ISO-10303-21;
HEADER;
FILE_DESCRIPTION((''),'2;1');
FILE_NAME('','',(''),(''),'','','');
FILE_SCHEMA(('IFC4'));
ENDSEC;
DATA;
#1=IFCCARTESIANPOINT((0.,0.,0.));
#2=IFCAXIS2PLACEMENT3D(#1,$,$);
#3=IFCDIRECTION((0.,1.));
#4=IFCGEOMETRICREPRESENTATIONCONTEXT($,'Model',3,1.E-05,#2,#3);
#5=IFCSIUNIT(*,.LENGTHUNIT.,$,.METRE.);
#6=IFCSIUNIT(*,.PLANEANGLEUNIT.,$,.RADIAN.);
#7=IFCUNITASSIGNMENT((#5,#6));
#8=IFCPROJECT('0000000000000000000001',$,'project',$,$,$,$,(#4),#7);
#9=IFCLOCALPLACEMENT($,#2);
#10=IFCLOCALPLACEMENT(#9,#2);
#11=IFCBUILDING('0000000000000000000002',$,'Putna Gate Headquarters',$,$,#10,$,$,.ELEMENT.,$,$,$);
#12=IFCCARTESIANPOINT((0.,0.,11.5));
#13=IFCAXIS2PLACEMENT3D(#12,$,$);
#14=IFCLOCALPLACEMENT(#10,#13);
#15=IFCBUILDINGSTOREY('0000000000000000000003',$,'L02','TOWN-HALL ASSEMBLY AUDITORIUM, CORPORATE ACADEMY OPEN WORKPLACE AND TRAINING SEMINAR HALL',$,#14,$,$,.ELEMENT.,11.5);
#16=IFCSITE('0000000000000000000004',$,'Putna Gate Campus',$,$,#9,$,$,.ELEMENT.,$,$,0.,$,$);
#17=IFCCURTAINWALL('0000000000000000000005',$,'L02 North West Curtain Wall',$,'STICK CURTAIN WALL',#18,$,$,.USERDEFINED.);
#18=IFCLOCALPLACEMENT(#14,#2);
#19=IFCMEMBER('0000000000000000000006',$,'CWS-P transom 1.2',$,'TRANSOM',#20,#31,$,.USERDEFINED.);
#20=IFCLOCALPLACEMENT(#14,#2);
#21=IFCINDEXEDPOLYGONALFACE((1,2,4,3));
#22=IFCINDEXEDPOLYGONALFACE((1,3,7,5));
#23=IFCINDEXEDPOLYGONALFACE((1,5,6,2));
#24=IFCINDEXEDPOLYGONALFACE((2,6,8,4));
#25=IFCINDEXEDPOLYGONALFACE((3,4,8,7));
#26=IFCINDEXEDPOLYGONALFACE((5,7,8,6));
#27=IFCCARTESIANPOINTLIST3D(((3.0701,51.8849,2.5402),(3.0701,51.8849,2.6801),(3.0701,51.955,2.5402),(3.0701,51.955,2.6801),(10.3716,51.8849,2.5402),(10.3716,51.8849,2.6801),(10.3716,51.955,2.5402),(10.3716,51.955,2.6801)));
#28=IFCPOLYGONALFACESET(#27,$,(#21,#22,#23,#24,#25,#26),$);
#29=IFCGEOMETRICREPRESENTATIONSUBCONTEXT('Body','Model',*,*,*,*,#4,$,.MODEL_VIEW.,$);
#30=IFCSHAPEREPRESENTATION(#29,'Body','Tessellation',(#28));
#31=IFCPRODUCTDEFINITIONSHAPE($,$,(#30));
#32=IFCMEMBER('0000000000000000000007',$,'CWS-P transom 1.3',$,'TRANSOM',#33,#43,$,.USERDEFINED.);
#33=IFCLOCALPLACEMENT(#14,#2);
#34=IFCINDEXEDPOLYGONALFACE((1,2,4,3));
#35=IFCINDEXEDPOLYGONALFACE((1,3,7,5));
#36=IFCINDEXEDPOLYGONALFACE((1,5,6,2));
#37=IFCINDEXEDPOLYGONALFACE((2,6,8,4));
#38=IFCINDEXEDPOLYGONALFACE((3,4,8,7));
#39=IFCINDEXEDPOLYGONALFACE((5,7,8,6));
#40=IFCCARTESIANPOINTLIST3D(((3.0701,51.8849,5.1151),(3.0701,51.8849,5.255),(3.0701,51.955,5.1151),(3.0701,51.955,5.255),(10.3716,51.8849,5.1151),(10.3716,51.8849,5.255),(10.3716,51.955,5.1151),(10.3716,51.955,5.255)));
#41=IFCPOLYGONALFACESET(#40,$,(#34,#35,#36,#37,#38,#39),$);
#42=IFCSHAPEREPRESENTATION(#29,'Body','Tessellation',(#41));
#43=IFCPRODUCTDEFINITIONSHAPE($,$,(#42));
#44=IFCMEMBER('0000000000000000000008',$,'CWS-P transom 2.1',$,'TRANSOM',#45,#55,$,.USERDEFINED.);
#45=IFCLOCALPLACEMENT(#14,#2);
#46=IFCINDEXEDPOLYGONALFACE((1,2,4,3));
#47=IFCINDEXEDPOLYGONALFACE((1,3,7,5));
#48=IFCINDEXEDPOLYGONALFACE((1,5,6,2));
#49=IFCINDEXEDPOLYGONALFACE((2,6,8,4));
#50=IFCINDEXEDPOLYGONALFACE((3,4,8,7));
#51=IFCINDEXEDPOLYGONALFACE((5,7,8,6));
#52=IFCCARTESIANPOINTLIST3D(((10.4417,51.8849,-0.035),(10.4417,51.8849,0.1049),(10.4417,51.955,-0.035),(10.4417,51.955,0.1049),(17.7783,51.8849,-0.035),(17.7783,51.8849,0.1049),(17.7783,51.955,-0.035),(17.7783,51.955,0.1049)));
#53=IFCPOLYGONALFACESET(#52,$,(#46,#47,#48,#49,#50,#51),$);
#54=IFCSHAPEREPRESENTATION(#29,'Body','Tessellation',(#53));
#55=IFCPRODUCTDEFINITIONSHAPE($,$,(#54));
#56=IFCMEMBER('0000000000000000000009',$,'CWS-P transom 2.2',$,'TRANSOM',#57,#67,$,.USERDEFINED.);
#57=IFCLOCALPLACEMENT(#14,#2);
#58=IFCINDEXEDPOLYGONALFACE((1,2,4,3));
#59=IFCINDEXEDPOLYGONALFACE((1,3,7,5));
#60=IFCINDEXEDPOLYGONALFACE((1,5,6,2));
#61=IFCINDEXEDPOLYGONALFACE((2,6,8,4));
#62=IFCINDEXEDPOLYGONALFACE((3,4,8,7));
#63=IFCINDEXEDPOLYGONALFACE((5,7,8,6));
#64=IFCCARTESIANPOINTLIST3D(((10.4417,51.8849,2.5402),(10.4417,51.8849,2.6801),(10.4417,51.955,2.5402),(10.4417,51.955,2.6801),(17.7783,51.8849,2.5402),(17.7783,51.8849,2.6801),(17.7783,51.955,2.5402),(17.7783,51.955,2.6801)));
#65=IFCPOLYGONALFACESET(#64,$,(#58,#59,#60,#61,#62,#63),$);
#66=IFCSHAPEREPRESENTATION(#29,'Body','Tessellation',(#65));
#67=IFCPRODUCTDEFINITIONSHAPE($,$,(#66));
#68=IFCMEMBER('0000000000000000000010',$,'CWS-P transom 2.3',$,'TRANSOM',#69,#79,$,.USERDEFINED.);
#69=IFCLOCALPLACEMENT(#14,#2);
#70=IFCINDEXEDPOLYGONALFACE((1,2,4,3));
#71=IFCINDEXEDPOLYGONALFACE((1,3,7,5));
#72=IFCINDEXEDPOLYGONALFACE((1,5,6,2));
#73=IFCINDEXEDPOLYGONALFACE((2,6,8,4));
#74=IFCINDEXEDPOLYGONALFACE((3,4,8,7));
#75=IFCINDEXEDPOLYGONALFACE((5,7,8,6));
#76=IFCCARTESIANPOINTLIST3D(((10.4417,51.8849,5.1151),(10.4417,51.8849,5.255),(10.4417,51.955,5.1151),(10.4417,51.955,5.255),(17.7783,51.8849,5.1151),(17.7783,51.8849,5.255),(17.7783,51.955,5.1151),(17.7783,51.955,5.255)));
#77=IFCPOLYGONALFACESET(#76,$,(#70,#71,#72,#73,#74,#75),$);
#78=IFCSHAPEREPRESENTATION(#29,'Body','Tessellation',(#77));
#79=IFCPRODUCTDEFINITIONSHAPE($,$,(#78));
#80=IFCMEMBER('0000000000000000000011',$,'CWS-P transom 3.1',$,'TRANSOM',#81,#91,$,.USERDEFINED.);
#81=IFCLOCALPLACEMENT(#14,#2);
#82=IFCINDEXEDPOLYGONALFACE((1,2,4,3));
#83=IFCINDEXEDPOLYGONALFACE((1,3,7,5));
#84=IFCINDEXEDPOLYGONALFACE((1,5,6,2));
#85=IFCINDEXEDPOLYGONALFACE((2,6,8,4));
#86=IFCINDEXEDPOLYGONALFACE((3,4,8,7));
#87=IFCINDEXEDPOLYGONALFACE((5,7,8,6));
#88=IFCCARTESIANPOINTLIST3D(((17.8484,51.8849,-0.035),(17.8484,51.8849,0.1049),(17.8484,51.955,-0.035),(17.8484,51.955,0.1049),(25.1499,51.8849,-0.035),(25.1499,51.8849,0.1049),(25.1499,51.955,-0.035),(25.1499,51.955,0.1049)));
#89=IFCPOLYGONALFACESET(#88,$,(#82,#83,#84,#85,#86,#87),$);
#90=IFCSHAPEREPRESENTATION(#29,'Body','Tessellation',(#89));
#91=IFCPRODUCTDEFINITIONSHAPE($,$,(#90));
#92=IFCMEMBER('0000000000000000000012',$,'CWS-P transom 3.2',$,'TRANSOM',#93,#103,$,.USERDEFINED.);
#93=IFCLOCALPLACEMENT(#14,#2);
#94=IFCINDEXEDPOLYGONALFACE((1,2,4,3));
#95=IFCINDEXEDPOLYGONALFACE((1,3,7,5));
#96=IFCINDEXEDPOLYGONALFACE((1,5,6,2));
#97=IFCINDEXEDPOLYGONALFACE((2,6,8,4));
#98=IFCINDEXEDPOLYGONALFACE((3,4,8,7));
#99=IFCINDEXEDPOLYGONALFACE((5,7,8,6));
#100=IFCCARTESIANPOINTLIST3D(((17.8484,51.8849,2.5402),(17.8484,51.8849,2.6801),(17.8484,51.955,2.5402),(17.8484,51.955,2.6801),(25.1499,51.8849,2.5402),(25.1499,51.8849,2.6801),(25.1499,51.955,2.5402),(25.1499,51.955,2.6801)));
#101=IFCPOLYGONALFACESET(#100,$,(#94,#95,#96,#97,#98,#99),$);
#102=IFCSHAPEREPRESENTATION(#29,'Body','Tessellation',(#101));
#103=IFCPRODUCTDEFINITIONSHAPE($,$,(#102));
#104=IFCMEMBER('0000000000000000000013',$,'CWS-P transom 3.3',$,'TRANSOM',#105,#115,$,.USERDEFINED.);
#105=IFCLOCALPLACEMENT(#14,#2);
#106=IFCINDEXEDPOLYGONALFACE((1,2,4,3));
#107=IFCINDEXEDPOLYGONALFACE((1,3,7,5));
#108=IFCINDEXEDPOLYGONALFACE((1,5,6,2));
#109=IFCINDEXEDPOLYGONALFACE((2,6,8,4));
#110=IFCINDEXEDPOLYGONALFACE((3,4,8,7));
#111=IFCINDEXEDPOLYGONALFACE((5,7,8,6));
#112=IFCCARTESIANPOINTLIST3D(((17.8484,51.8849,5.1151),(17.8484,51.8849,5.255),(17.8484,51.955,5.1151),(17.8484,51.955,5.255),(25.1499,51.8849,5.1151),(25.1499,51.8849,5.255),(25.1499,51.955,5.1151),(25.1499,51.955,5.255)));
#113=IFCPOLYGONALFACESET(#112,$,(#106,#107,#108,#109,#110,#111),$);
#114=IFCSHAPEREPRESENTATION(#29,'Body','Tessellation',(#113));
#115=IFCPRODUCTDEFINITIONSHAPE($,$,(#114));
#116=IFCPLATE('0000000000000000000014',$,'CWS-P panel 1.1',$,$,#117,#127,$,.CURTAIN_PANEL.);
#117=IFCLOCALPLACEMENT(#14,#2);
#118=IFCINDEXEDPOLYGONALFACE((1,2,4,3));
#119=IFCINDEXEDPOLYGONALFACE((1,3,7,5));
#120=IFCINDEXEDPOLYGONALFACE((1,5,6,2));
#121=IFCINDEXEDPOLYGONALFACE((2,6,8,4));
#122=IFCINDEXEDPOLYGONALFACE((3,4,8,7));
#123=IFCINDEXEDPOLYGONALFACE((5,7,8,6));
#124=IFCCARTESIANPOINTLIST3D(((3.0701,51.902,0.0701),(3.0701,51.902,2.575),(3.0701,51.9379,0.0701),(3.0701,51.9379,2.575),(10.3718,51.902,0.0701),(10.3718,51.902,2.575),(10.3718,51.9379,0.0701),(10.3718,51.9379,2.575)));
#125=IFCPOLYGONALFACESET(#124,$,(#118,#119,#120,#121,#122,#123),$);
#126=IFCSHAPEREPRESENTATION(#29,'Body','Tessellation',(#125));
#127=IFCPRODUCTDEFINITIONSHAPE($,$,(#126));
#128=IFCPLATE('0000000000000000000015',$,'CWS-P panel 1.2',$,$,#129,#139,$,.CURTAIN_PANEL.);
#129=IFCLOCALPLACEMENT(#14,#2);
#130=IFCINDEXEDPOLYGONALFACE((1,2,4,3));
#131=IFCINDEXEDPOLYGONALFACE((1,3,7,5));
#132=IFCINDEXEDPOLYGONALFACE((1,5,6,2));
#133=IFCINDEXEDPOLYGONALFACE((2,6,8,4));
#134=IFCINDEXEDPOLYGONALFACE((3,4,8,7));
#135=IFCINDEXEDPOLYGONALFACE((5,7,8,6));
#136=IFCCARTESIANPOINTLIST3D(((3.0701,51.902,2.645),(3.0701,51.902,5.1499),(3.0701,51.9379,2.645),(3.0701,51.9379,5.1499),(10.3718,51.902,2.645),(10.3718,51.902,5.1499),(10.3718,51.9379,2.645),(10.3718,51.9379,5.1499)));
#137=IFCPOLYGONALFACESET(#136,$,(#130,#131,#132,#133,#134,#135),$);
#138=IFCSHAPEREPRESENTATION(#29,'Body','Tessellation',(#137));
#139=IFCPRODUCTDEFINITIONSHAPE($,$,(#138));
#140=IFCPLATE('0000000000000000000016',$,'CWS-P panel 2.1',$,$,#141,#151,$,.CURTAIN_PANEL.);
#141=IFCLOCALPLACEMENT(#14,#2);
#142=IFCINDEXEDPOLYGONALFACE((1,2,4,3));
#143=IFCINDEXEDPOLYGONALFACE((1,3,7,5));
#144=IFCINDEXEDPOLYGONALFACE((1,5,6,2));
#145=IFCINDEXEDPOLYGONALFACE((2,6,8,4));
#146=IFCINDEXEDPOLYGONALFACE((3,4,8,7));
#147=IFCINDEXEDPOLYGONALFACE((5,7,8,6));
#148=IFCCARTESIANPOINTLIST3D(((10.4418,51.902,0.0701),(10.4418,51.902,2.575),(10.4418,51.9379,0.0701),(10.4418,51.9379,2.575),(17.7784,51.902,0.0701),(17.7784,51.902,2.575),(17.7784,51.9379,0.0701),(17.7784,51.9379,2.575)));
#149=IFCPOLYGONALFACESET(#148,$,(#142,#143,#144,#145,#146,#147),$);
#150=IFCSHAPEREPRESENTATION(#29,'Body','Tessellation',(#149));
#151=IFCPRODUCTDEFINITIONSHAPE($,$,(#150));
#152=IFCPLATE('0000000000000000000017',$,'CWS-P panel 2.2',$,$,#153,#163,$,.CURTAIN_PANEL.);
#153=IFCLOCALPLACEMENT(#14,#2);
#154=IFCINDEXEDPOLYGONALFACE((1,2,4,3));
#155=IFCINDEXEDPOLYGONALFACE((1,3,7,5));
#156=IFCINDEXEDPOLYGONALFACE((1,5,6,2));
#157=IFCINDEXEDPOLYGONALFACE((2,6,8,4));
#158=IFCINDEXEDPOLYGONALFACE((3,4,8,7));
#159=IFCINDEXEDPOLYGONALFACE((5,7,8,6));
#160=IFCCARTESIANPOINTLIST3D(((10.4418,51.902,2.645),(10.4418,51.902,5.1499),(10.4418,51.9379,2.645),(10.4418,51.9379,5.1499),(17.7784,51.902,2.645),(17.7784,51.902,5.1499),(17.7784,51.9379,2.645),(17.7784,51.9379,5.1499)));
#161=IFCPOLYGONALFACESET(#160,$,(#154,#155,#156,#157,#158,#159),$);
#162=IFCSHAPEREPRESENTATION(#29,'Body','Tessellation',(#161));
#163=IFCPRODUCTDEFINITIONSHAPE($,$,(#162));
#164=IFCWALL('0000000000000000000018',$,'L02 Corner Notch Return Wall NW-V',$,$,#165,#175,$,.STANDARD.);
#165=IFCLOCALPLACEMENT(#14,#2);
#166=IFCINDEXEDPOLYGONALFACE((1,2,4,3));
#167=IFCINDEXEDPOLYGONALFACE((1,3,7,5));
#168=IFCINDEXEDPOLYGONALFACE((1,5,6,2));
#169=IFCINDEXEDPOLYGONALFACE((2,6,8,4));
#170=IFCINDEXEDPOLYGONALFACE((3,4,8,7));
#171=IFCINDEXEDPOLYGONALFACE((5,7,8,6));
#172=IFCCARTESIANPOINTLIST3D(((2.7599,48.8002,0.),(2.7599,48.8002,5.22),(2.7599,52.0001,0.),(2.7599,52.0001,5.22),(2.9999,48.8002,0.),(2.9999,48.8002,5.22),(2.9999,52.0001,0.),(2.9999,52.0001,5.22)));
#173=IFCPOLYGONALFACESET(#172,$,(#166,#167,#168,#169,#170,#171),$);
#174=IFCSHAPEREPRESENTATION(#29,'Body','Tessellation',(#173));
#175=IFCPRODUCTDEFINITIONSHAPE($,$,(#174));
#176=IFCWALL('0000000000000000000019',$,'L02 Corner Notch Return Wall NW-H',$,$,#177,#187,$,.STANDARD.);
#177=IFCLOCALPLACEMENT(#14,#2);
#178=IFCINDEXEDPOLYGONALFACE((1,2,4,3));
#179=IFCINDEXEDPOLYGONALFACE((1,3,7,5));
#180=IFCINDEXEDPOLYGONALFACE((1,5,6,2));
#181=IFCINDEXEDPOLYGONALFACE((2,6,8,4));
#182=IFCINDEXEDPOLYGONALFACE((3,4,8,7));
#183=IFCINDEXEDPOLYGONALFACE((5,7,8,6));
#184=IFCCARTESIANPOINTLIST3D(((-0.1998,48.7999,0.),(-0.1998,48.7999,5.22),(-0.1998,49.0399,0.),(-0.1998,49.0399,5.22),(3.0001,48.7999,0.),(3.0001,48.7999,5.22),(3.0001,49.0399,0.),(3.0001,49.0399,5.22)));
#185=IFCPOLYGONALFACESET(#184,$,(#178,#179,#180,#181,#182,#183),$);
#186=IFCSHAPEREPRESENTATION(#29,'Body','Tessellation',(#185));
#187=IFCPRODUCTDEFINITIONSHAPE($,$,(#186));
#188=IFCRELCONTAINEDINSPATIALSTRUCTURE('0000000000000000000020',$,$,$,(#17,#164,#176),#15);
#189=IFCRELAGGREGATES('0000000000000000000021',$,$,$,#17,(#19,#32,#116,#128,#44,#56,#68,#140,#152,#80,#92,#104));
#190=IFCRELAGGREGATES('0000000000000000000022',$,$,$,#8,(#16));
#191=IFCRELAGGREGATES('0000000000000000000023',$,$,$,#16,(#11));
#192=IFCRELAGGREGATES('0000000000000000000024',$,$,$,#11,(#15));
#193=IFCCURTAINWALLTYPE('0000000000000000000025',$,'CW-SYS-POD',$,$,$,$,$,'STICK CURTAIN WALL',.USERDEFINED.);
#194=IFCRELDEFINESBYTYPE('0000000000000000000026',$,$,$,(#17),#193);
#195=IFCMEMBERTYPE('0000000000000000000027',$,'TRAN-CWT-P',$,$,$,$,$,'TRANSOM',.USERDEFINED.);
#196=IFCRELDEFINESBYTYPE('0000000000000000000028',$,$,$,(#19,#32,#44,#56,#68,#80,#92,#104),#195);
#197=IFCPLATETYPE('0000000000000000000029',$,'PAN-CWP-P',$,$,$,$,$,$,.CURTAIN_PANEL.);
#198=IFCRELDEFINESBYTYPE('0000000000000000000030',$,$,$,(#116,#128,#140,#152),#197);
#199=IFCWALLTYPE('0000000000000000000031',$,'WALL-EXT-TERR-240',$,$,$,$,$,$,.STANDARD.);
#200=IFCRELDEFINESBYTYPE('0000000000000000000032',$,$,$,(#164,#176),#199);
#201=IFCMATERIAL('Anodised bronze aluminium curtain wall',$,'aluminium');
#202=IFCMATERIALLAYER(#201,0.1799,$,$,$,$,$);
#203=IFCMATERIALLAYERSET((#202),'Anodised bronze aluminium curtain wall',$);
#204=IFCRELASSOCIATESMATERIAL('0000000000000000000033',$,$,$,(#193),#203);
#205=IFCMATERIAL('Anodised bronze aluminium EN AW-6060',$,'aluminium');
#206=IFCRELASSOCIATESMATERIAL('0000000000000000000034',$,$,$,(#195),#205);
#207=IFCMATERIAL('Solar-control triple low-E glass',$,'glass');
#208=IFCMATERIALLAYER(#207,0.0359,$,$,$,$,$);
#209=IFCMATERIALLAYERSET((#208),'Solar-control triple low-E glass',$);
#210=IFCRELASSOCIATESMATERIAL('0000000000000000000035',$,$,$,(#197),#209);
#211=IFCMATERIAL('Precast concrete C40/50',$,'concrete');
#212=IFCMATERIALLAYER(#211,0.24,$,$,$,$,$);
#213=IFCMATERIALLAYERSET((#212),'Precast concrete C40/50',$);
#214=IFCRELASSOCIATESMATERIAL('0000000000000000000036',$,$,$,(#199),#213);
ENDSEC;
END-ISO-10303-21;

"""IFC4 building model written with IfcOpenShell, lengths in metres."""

from ifc_helpers import new_model, si_unit, direction, frame, frame_2d, origin, origin_2d, place, context, subcontext, project, spatial, rectangle, extrude, material, layer, layer_set, material_profile, profile_set, type_object, element, aggregate, save


model = new_model("IFC4")

# Units and contexts
model_context = context("Model", 3, precision=1e-05, world=origin(), true_north=direction((0.0, 1.0)))
body_context = subcontext(model_context, "Body", "Model", "MODEL_VIEW")
ifc_project = project(units=[si_unit("LENGTHUNIT", "METRE"), si_unit("PLANEANGLEUNIT", "RADIAN")], contexts=[model_context])

# Site, building, storey
site_placement = place(None, origin())
site = spatial("IfcSite", under=ifc_project, at=site_placement, Name="Putna Gate Campus", CompositionType="ELEMENT", RefElevation=0.0)
building_placement = place(site_placement, origin())
building = spatial("IfcBuilding", under=site, at=building_placement, Name="Putna Gate Headquarters", CompositionType="ELEMENT")
storey_placement = place(building_placement, frame((0.0, 0.0, 11.5)))
storey = spatial("IfcBuildingStorey", under=building, at=storey_placement, Name="L02", Description="TOWN-HALL ASSEMBLY AUDITORIUM, CORPORATE ACADEMY OPEN WORKPLACE AND TRAINING SEMINAR HALL", CompositionType="ELEMENT", Elevation=11.5)

# Curtain wall, members, plates
ifc_material_1 = material(Name="Anodised bronze aluminium curtain wall", Category="aluminium")
ifc_layer_1 = layer(ifc_material_1, 0.1799)
ifc_layer_set_1 = layer_set([ifc_layer_1], Name="Anodised bronze aluminium curtain wall")
curtain_wall_type = type_object("IfcCurtainWallType", Name="CW-SYS-POD", ElementType="STICK CURTAIN WALL", PredefinedType="USERDEFINED", material=ifc_layer_set_1)
curtain_wall_placement = place(storey_placement, origin())
curtain_wall = element("IfcCurtainWall", 1, at=curtain_wall_placement, inside=storey, type_object=curtain_wall_type, Name="L02 North West Curtain Wall", ObjectType="STICK CURTAIN WALL", PredefinedType="USERDEFINED")
ifc_material_2 = material(Name="Anodised bronze aluminium EN AW-6060", Category="aluminium")
ifc_material_profile_1 = material_profile(ifc_material_2, rectangle(XDim=0.0701, YDim=0.1399, at=origin_2d()), Name="Anodised bronze aluminium EN AW-6060")
ifc_profile_set_1 = profile_set([ifc_material_profile_1], Name="Anodised bronze aluminium EN AW-6060")
member_type_1 = type_object("IfcMemberType", Name="TRAN-CWT-P", ElementType="TRANSOM", PredefinedType="USERDEFINED", material=ifc_profile_set_1)
member_1_placement = place(storey_placement, frame((3.0701, 51.9199, 2.6101), z_axis=(1.0, 0.0, 0.0), x_axis=(0.0, 1.0, 0.0)))
member_1 = element("IfcMember", 2, at=member_1_placement, type_object=member_type_1, Name="CWS-P transom 1.2", ObjectType="TRANSOM", PredefinedType="USERDEFINED", context=body_context, shape_type="SweptSolid", body=[
    extrude(rectangle(XDim=0.0701, YDim=0.1399, at=origin_2d()), origin(), (0.0, 0.0, 1.0), 7.3015),
])
member_2_placement = place(storey_placement, frame((3.0701, 51.9199, 5.1851), z_axis=(1.0, 0.0, 0.0), x_axis=(0.0, 1.0, 0.0)))
member_2 = element("IfcMember", 3, at=member_2_placement, type_object=member_type_1, Name="CWS-P transom 1.3", ObjectType="TRANSOM", PredefinedType="USERDEFINED", context=body_context, shape_type="SweptSolid", body=[
    extrude(rectangle(XDim=0.0701, YDim=0.1399, at=origin_2d()), origin(), (0.0, 0.0, 1.0), 7.3015),
])
member_3_placement = place(storey_placement, frame((10.4417, 51.9199, 0.0349), z_axis=(1.0, 0.0, 0.0), x_axis=(0.0, 1.0, 0.0)))
member_3 = element("IfcMember", 4, at=member_3_placement, type_object=member_type_1, Name="CWS-P transom 2.1", ObjectType="TRANSOM", PredefinedType="USERDEFINED", context=body_context, shape_type="SweptSolid", body=[
    extrude(rectangle(XDim=0.0701, YDim=0.1399, at=origin_2d()), origin(), (0.0, 0.0, 1.0), 7.3367),
])
member_4_placement = place(storey_placement, frame((10.4417, 51.9199, 2.6101), z_axis=(1.0, 0.0, 0.0), x_axis=(0.0, 1.0, 0.0)))
member_4 = element("IfcMember", 5, at=member_4_placement, type_object=member_type_1, Name="CWS-P transom 2.2", ObjectType="TRANSOM", PredefinedType="USERDEFINED", context=body_context, shape_type="SweptSolid", body=[
    extrude(rectangle(XDim=0.0701, YDim=0.1399, at=origin_2d()), origin(), (0.0, 0.0, 1.0), 7.3367),
])
member_5_placement = place(storey_placement, frame((10.4417, 51.9199, 5.1851), z_axis=(1.0, 0.0, 0.0), x_axis=(0.0, 1.0, 0.0)))
member_5 = element("IfcMember", 6, at=member_5_placement, type_object=member_type_1, Name="CWS-P transom 2.3", ObjectType="TRANSOM", PredefinedType="USERDEFINED", context=body_context, shape_type="SweptSolid", body=[
    extrude(rectangle(XDim=0.0701, YDim=0.1399, at=origin_2d()), origin(), (0.0, 0.0, 1.0), 7.3367),
])
member_6_placement = place(storey_placement, frame((17.8484, 51.9199, 0.0349), z_axis=(1.0, 0.0, 0.0), x_axis=(0.0, 1.0, 0.0)))
member_6 = element("IfcMember", 7, at=member_6_placement, type_object=member_type_1, Name="CWS-P transom 3.1", ObjectType="TRANSOM", PredefinedType="USERDEFINED", context=body_context, shape_type="SweptSolid", body=[
    extrude(rectangle(XDim=0.0701, YDim=0.1399, at=origin_2d()), origin(), (0.0, 0.0, 1.0), 7.3015),
])
member_7_placement = place(storey_placement, frame((17.8484, 51.9199, 2.6101), z_axis=(1.0, 0.0, 0.0), x_axis=(0.0, 1.0, 0.0)))
member_7 = element("IfcMember", 8, at=member_7_placement, type_object=member_type_1, Name="CWS-P transom 3.2", ObjectType="TRANSOM", PredefinedType="USERDEFINED", context=body_context, shape_type="SweptSolid", body=[
    extrude(rectangle(XDim=0.0701, YDim=0.1399, at=origin_2d()), origin(), (0.0, 0.0, 1.0), 7.3015),
])
member_8_placement = place(storey_placement, frame((17.8484, 51.9199, 5.1851), z_axis=(1.0, 0.0, 0.0), x_axis=(0.0, 1.0, 0.0)))
member_8 = element("IfcMember", 9, at=member_8_placement, type_object=member_type_1, Name="CWS-P transom 3.3", ObjectType="TRANSOM", PredefinedType="USERDEFINED", context=body_context, shape_type="SweptSolid", body=[
    extrude(rectangle(XDim=0.0701, YDim=0.1399, at=origin_2d()), origin(), (0.0, 0.0, 1.0), 7.3015),
])
ifc_material_3 = material(Name="Solar-control triple low-E glass", Category="glass")
ifc_layer_2 = layer(ifc_material_3, 0.0359)
ifc_layer_set_2 = layer_set([ifc_layer_2], Name="Solar-control triple low-E glass")
plate_type = type_object("IfcPlateType", Name="PAN-CWP-P", PredefinedType="CURTAIN_PANEL", material=ifc_layer_set_2)
plate_1_placement = place(storey_placement, frame((6.7209, 51.9199, 0.0701), z_axis=(0.0, 0.0, 1.0), x_axis=(1.0, 0.0, 0.0)))
plate_1 = element("IfcPlate", 10, at=plate_1_placement, type_object=plate_type, Name="CWS-P panel 1.1", PredefinedType="CURTAIN_PANEL", context=body_context, shape_type="SweptSolid", body=[
    extrude(rectangle(XDim=7.3018, YDim=0.0359, at=origin_2d()), origin(), (0.0, 0.0, 1.0), 2.5049),
])
plate_2_placement = place(storey_placement, frame((6.7209, 51.9199, 2.645), z_axis=(0.0, 0.0, 1.0), x_axis=(1.0, 0.0, 0.0)))
plate_2 = element("IfcPlate", 11, at=plate_2_placement, type_object=plate_type, Name="CWS-P panel 1.2", PredefinedType="CURTAIN_PANEL", context=body_context, shape_type="SweptSolid", body=[
    extrude(rectangle(XDim=7.3018, YDim=0.0359, at=origin_2d()), origin(), (0.0, 0.0, 1.0), 2.5049),
])
plate_3_placement = place(storey_placement, frame((14.1101, 51.9199, 0.0701), z_axis=(0.0, 0.0, 1.0), x_axis=(1.0, 0.0, 0.0)))
plate_3 = element("IfcPlate", 12, at=plate_3_placement, type_object=plate_type, Name="CWS-P panel 2.1", PredefinedType="CURTAIN_PANEL", context=body_context, shape_type="SweptSolid", body=[
    extrude(rectangle(XDim=7.3367, YDim=0.0359, at=origin_2d()), origin(), (0.0, 0.0, 1.0), 2.5049),
])
plate_4_placement = place(storey_placement, frame((14.1101, 51.9199, 2.645), z_axis=(0.0, 0.0, 1.0), x_axis=(1.0, 0.0, 0.0)))
plate_4 = element("IfcPlate", 13, at=plate_4_placement, type_object=plate_type, Name="CWS-P panel 2.2", PredefinedType="CURTAIN_PANEL", context=body_context, shape_type="SweptSolid", body=[
    extrude(rectangle(XDim=7.3367, YDim=0.0359, at=origin_2d()), origin(), (0.0, 0.0, 1.0), 2.5049),
])
aggregate(curtain_wall, [member_1, member_2, plate_1, plate_2, member_3, member_4, member_5, plate_3, plate_4, member_6, member_7, member_8])

# Walls
ifc_material_4 = material(Name="Precast concrete C40/50", Category="concrete")
ifc_layer_3 = layer(ifc_material_4, 0.24)
ifc_layer_set_3 = layer_set([ifc_layer_3], Name="Precast concrete C40/50")
wall_type = type_object("IfcWallType", Name="WALL-EXT-TERR-240", PredefinedType="STANDARD", material=ifc_layer_set_3)
for number, where, z_axis, x_axis, name in (
    (14, (2.8799, 48.8, 0.0), (0.0, 0.0, 1.0), (0.0, 1.0, 0.0), "L02 Corner Notch Return Wall NW-V"),
    (15, (-0.2, 48.9199, 0.0), (0.0, 0.0, 1.0), (1.0, 0.0, 0.0), "L02 Corner Notch Return Wall NW-H"),
):
    element("IfcWall", number, at=place(storey_placement, frame(where, z_axis=z_axis, x_axis=x_axis)), inside=storey, type_object=wall_type, Name=name, PredefinedType="STANDARD", context=body_context, shape_type="SweptSolid", body=[
        extrude(rectangle(XDim=3.2, YDim=0.24, at=frame_2d((1.6001, 0.0))), origin(), (0.0, 0.0, 1.0), 5.22),
    ])

save(model, "model.ifc")
